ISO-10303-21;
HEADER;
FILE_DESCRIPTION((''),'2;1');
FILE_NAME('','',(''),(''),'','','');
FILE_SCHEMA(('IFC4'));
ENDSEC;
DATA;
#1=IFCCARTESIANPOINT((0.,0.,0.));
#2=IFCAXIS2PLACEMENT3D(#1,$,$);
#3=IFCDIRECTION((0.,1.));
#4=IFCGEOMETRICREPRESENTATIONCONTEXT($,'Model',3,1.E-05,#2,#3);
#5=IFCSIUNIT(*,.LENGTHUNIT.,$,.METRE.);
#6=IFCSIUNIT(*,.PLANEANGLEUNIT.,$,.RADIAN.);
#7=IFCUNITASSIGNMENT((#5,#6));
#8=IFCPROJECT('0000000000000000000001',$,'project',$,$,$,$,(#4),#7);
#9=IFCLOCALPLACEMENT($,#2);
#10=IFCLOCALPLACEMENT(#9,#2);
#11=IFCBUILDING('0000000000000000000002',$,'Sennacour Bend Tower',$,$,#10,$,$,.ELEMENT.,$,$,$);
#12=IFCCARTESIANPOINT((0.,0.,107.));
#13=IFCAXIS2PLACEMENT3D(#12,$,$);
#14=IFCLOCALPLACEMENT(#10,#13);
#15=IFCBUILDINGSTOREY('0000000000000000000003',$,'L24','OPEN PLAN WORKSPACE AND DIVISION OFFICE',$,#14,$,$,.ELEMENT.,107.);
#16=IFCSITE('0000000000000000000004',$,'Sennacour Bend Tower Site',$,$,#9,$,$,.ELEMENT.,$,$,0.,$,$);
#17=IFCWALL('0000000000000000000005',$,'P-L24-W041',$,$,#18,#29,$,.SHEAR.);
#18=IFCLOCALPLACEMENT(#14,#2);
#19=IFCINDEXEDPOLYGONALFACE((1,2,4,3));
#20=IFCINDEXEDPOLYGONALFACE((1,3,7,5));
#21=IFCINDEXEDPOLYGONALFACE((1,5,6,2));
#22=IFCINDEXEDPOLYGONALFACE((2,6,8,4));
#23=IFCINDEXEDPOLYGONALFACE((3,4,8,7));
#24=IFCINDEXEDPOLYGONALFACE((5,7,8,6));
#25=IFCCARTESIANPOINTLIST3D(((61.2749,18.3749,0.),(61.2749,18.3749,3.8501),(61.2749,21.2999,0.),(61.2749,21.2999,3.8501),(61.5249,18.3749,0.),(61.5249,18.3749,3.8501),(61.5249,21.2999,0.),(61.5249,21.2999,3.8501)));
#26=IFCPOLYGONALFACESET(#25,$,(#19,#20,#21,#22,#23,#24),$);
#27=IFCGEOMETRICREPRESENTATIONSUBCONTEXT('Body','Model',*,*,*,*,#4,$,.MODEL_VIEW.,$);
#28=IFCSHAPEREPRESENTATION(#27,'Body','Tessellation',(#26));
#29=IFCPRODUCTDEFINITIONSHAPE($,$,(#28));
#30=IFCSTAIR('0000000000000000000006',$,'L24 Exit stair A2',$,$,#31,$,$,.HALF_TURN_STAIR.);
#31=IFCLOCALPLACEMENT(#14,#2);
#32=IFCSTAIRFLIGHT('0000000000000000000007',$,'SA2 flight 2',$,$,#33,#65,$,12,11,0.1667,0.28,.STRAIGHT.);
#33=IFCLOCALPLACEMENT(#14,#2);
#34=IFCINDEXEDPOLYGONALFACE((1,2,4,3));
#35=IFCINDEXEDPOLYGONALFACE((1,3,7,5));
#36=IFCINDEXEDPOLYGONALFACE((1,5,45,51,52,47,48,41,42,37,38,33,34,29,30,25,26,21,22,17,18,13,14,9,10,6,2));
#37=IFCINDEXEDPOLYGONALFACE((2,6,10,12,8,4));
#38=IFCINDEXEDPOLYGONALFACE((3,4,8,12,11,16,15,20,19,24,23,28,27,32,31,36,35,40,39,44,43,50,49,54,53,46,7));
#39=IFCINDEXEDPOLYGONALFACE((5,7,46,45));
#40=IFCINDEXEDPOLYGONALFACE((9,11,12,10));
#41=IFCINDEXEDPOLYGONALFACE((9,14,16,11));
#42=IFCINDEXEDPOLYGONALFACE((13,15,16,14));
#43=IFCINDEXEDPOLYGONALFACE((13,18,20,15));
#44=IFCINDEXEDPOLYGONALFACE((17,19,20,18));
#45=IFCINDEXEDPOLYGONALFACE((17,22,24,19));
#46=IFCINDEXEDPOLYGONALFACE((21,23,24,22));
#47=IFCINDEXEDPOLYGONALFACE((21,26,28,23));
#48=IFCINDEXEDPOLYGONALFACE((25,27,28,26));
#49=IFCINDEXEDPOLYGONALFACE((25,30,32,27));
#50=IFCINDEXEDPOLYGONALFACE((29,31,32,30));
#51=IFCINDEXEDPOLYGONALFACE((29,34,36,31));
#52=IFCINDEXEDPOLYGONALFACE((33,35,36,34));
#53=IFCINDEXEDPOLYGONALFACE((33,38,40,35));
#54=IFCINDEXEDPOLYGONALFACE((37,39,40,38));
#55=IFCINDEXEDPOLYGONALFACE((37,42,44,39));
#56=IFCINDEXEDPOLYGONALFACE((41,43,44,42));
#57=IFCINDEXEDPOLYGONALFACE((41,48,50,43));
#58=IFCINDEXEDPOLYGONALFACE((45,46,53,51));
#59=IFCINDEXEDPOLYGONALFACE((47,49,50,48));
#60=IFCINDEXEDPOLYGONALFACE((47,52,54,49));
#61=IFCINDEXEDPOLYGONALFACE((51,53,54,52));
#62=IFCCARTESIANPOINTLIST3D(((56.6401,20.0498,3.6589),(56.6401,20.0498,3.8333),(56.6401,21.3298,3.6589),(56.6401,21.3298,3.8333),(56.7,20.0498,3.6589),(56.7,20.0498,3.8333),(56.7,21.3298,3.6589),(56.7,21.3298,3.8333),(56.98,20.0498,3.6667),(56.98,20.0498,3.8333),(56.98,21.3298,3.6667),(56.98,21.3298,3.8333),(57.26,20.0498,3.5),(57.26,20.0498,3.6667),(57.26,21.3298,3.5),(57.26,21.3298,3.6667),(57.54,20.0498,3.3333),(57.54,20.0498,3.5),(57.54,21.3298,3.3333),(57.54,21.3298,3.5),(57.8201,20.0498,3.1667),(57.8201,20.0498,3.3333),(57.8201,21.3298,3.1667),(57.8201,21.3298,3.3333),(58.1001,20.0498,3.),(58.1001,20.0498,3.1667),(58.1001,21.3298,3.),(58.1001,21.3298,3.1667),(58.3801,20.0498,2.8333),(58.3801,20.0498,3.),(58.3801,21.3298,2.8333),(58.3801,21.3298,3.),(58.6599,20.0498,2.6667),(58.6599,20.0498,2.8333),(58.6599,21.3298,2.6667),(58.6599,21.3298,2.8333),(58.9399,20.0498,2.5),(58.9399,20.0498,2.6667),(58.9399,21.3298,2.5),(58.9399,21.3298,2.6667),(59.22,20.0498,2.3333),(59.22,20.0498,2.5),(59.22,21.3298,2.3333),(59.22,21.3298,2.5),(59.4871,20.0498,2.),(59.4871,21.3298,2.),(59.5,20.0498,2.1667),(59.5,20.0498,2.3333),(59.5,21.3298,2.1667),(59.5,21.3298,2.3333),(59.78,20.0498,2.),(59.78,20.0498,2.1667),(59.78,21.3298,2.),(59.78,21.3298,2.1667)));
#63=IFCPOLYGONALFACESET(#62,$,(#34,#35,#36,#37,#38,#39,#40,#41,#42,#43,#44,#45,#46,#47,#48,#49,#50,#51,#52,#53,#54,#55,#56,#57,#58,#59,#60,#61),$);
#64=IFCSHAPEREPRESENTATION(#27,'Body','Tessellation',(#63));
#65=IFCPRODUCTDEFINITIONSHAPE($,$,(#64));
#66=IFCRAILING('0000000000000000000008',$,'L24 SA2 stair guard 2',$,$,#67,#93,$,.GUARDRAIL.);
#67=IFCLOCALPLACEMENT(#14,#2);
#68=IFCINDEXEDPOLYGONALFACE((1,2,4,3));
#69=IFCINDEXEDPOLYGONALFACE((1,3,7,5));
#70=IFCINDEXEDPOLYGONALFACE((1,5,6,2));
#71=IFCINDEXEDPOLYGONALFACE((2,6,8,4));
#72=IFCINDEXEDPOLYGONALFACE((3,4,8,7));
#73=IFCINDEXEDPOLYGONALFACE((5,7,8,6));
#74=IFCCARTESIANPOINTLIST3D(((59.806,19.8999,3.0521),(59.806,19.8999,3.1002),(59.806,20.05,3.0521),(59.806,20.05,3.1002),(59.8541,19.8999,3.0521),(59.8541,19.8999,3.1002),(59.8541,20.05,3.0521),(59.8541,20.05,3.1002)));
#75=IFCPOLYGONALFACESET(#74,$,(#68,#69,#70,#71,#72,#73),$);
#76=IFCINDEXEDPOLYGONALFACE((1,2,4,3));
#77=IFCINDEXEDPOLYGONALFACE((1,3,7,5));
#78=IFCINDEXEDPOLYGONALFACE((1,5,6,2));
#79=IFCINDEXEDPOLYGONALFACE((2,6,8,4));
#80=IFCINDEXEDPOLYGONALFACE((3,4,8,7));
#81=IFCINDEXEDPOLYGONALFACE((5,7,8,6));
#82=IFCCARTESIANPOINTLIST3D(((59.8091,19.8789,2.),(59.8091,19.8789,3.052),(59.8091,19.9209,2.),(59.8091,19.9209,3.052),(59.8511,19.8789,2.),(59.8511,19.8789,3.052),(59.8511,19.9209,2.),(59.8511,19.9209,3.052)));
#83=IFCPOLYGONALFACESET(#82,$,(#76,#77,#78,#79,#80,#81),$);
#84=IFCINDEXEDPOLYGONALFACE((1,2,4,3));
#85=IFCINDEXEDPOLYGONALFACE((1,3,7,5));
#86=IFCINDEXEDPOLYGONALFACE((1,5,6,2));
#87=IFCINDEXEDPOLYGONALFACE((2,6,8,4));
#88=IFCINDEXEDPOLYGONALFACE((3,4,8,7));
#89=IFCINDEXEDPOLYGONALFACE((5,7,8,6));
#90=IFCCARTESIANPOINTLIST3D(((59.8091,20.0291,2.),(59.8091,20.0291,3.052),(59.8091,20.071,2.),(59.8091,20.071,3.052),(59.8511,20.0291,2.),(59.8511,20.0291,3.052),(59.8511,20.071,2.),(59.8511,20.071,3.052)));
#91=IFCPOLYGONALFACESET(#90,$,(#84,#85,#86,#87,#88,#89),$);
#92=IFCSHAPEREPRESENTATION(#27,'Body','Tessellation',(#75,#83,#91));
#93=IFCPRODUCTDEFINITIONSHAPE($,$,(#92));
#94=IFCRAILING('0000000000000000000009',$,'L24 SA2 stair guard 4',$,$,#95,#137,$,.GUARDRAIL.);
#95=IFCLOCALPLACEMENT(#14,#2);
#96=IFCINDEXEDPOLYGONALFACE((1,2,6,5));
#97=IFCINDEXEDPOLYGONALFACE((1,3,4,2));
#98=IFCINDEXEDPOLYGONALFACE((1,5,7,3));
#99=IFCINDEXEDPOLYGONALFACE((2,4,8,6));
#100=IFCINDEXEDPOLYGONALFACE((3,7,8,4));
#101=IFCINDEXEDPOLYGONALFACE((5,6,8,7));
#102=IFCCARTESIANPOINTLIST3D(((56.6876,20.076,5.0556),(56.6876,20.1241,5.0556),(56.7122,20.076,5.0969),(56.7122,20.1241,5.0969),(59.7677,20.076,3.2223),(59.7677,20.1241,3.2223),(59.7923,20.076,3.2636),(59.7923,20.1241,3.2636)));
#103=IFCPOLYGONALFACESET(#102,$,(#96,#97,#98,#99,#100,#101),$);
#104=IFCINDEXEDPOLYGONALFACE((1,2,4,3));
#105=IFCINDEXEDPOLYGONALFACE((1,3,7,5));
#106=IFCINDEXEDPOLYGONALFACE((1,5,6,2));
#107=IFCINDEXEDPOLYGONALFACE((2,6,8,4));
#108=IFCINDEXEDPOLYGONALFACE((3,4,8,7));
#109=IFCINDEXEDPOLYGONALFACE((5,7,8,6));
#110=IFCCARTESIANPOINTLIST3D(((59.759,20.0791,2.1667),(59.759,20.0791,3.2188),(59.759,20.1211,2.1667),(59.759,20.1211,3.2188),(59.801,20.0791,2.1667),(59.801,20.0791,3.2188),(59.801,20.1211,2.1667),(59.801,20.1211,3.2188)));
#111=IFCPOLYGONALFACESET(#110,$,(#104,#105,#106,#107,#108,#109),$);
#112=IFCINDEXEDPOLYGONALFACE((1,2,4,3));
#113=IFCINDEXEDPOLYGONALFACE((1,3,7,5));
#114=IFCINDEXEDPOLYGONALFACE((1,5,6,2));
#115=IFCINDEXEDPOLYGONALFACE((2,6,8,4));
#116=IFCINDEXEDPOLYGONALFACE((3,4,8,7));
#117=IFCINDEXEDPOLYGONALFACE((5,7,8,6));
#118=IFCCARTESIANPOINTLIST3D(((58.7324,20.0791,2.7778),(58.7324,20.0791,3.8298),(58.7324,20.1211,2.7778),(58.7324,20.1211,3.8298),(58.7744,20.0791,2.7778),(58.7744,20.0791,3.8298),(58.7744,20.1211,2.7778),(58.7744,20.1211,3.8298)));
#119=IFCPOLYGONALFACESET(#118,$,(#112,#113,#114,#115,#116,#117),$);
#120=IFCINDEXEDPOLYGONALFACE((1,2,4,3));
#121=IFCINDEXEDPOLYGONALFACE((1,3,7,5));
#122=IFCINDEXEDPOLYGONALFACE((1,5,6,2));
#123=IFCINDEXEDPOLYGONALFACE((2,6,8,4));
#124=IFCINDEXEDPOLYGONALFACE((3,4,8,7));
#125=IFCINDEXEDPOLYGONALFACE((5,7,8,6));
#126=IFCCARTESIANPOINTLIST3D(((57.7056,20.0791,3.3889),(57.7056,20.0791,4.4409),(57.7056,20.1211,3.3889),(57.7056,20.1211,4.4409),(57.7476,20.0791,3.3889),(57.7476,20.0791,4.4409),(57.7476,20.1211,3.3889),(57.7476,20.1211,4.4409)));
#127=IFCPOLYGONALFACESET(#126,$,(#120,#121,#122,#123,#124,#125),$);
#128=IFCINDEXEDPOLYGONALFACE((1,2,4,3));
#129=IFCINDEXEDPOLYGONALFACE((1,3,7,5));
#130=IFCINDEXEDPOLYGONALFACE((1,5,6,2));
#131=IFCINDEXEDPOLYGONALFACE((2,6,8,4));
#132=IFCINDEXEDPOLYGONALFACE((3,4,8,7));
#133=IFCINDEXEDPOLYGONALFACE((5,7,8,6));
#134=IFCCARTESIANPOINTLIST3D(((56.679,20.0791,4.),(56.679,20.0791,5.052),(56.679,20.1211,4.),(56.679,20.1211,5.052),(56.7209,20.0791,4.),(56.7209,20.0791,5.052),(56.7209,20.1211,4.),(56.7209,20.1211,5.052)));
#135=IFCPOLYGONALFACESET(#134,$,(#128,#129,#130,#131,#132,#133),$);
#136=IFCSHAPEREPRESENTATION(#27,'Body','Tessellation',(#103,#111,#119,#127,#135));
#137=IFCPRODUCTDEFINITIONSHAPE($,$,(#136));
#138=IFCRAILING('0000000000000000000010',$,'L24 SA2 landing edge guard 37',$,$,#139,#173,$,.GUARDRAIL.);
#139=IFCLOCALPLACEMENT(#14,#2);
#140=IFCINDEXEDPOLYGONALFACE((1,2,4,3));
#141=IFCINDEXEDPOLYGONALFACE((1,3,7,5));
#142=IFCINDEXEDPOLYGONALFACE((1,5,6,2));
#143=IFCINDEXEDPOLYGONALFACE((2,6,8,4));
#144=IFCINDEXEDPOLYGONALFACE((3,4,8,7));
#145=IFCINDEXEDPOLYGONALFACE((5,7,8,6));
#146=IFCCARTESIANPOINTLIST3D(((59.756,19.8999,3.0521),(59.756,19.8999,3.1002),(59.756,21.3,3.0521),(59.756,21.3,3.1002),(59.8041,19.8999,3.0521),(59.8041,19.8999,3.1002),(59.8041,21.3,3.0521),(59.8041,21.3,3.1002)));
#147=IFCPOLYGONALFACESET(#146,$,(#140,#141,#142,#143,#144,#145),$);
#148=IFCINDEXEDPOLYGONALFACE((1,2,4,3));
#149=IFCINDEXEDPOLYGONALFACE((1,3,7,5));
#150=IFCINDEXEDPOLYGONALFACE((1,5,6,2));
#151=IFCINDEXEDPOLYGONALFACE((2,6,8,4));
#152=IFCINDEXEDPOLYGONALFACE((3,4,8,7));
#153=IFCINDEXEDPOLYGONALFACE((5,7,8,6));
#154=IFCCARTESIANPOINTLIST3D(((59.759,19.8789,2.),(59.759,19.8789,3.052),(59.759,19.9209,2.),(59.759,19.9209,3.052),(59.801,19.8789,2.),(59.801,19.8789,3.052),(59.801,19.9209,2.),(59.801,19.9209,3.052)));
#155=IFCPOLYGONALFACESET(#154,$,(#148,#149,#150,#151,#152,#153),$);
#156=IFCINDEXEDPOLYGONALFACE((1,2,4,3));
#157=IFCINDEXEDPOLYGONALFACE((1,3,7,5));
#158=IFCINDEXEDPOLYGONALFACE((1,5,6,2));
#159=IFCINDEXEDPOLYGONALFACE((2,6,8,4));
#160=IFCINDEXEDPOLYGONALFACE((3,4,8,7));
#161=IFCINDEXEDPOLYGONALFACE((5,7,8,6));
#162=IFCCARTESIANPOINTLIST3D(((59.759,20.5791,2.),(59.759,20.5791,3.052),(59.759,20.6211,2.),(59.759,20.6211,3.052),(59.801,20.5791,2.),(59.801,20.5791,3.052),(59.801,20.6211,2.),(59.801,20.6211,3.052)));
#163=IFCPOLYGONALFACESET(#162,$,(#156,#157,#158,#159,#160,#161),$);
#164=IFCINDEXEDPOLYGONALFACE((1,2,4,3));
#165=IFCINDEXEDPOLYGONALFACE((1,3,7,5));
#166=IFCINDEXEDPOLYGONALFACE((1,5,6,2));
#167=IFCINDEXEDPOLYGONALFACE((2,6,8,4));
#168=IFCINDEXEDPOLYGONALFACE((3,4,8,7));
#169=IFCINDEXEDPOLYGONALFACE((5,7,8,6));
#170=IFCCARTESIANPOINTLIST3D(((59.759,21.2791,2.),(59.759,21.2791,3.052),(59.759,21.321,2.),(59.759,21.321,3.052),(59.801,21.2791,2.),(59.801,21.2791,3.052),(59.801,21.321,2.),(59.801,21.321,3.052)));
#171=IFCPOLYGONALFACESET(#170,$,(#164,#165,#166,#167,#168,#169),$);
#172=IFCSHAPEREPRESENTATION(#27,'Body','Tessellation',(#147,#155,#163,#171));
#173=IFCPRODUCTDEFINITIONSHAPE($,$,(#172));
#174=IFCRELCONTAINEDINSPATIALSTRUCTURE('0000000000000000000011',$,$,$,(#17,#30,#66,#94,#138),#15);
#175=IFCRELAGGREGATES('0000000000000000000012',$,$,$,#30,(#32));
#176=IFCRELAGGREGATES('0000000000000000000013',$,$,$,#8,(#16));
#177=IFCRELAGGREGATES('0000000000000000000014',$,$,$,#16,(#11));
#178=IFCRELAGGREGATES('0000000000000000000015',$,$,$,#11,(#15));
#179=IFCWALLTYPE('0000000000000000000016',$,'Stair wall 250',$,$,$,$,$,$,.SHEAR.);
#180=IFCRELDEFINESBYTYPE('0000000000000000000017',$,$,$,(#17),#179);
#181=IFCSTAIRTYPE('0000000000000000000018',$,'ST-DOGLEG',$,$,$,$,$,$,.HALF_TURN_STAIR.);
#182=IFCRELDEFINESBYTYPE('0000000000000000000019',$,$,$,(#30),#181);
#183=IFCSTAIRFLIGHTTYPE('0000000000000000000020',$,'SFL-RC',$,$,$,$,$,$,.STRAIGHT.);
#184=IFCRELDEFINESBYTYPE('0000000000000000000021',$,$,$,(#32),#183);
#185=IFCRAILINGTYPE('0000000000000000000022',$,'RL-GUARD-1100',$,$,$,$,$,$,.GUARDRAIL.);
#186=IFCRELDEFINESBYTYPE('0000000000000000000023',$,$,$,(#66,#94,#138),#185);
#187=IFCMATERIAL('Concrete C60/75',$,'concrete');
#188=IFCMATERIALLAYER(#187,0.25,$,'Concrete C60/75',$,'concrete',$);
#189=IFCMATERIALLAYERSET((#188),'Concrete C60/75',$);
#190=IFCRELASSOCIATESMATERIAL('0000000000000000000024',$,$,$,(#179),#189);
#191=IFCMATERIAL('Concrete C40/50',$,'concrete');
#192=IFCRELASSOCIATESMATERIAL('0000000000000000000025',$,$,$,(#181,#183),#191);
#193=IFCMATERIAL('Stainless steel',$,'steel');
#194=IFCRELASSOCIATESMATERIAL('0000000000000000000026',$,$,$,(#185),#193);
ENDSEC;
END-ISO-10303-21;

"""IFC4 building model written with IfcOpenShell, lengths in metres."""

from ifc_helpers import new_model, si_unit, direction, frame, frame_2d, origin, origin_2d, place, context, subcontext, project, spatial, polyline, rectangle, outline, extrude, material, layer, layer_set, type_object, element, aggregate, save


model = new_model("IFC4")

# Units and contexts
model_context = context("Model", 3, precision=1e-05, world=origin(), true_north=direction((0.0, 1.0)))
body_context = subcontext(model_context, "Body", "Model", "MODEL_VIEW")
ifc_project = project(units=[si_unit("LENGTHUNIT", "METRE"), si_unit("PLANEANGLEUNIT", "RADIAN")], contexts=[model_context])

# Site, building, storey
site_placement = place(None, origin())
site = spatial("IfcSite", under=ifc_project, at=site_placement, Name="Sennacour Bend Tower Site", CompositionType="ELEMENT", RefElevation=0.0)
building_placement = place(site_placement, origin())
building = spatial("IfcBuilding", under=site, at=building_placement, Name="Sennacour Bend Tower", CompositionType="ELEMENT")
storey_placement = place(building_placement, frame((0.0, 0.0, 107.0)))
storey = spatial("IfcBuildingStorey", under=building, at=storey_placement, Name="L24", Description="OPEN PLAN WORKSPACE AND DIVISION OFFICE", CompositionType="ELEMENT", Elevation=107.0)

# Shared definitions
ifc_material_1 = material(Name="Stainless steel", Category="steel")

# Wall
ifc_material_2 = material(Name="Concrete C60/75", Category="concrete")
ifc_layer_1 = layer(ifc_material_2, 0.25, Name="Concrete C60/75", Category="concrete")
ifc_layer_set_1 = layer_set([ifc_layer_1], Name="Concrete C60/75")
wall_type_1 = type_object("IfcWallType", Name="Stair wall 250", PredefinedType="SHEAR", material=ifc_layer_set_1)
wall_1_placement = place(storey_placement, frame((61.3999, 18.375, 0.0), z_axis=(0.0, 0.0, 1.0), x_axis=(0.0, 1.0, 0.0)))
element("IfcWall", 1, at=wall_1_placement, inside=storey, type_object=wall_type_1, Name="P-L24-W041", PredefinedType="SHEAR", context=body_context, shape_type="SweptSolid", body=[
    extrude(rectangle(XDim=2.925, YDim=0.25, at=frame_2d((1.4624, 0.0))), origin(), (0.0, 0.0, 1.0), 3.8501),
])

# Stair, stair flight
ifc_material_3 = material(Name="Concrete C40/50", Category="concrete")
stair_type = type_object("IfcStairType", Name="ST-DOGLEG", PredefinedType="HALF_TURN_STAIR", material=ifc_material_3)
stair_placement = place(storey_placement, origin())
stair = element("IfcStair", 2, at=stair_placement, inside=storey, type_object=stair_type, Name="L24 Exit stair A2", PredefinedType="HALF_TURN_STAIR")
stair_flight_type = type_object("IfcStairFlightType", Name="SFL-RC", PredefinedType="STRAIGHT", material=ifc_material_3)
stair_flight_placement = place(storey_placement, frame((59.78, 20.6899, 2.0), z_axis=(0.0, 0.0, 1.0), x_axis=(-1.0, 0.0, 0.0)))
stair_flight = element("IfcStairFlight", 3, at=stair_flight_placement, type_object=stair_flight_type, Name="SA2 flight 2", NumberOfRisers=12, NumberOfTreads=11, PredefinedType="STRAIGHT", RiserHeight=0.1667, TreadLength=0.28, context=body_context, shape_type="SweptSolid", body=[
    extrude(outline(polyline([(0.0, 0.0), (0.0, 0.1667), (0.28, 0.1667), (0.28, 0.3333), (0.5601, 0.3333), (0.5601, 0.5), (0.8401, 0.5), (0.8401, 0.6667), (1.1201, 0.6667), (1.1201, 0.8333), (1.3999, 0.8333), (1.3999, 1.0), (1.6799, 1.0), (1.6799, 1.1667), (1.96, 1.1667), (1.96, 1.3333), (2.24, 1.3333), (2.24, 1.5), (2.52, 1.5), (2.52, 1.6667), (2.8, 1.6667), (2.8, 1.8333), (3.0801, 1.8333), (3.1399, 1.8333), (3.1399, 1.6589), (3.0801, 1.6589), (0.293, 0.0), (0.0, 0.0)])), frame((0.0, 0.6401, 0.0), z_axis=(0.0, -1.0, 0.0), x_axis=(1.0, 0.0, 0.0)), (0.0, 0.0, 1.0), 1.28),
])
aggregate(stair, [stair_flight])

# Railings
railing_type_1 = type_object("IfcRailingType", Name="RL-GUARD-1100", PredefinedType="GUARDRAIL", material=ifc_material_1)
railing_1_placement = place(storey_placement, frame((59.8301, 19.8999, 2.0)))
element("IfcRailing", 4, at=railing_1_placement, inside=storey, type_object=railing_type_1, Name="L24 SA2 stair guard 2", PredefinedType="GUARDRAIL", context=body_context, shape_type="SweptSolid", body=[
    extrude(rectangle(XDim=0.0481, YDim=0.0481, at=origin_2d()), frame((0.0, 0.0, 1.0762), z_axis=(0.0, 1.0, 0.0), x_axis=(-1.0, 0.0, 0.0)), (0.0, 0.0, 1.0), 0.1501),
    extrude(rectangle(XDim=0.042, YDim=0.042, at=origin_2d()), origin(), (0.0, 0.0, 1.0), 1.052),
    extrude(rectangle(XDim=0.042, YDim=0.042, at=origin_2d()), frame((0.0, 0.1501, 0.0)), (0.0, 0.0, 1.0), 1.052),
])
railing_2_placement = place(storey_placement, frame((59.78, 20.1001, 2.1667)))
element("IfcRailing", 5, at=railing_2_placement, inside=storey, type_object=railing_type_1, Name="L24 SA2 stair guard 4", PredefinedType="GUARDRAIL", context=body_context, shape_type="SweptSolid", body=[
    extrude(rectangle(XDim=0.0481, YDim=0.0481, at=origin_2d()), frame((0.0, 0.0, 1.0762), z_axis=(-0.859309, 0.0, 0.511458), x_axis=(0.0, -1.0, 0.0)), (0.0, 0.0, 1.0), 3.5845),
    extrude(rectangle(XDim=0.042, YDim=0.042, at=origin_2d()), origin(), (0.0, 0.0, 1.0), 1.052),
    extrude(rectangle(XDim=0.042, YDim=0.042, at=origin_2d()), frame((-1.0266, 0.0, 0.6111)), (0.0, 0.0, 1.0), 1.052),
    extrude(rectangle(XDim=0.042, YDim=0.042, at=origin_2d()), frame((-2.0535, 0.0, 1.2222)), (0.0, 0.0, 1.0), 1.052),
    extrude(rectangle(XDim=0.042, YDim=0.042, at=origin_2d()), frame((-3.0801, 0.0, 1.8333)), (0.0, 0.0, 1.0), 1.052),
])
railing_3_placement = place(storey_placement, frame((59.78, 19.8999, 2.0)))
element("IfcRailing", 6, at=railing_3_placement, inside=storey, type_object=railing_type_1, Name="L24 SA2 landing edge guard 37", PredefinedType="GUARDRAIL", context=body_context, shape_type="SweptSolid", body=[
    extrude(rectangle(XDim=0.0481, YDim=0.0481, at=origin_2d()), frame((0.0, 0.0, 1.0762), z_axis=(0.0, 1.0, 0.0), x_axis=(-1.0, 0.0, 0.0)), (0.0, 0.0, 1.0), 1.4001),
    extrude(rectangle(XDim=0.042, YDim=0.042, at=origin_2d()), origin(), (0.0, 0.0, 1.0), 1.052),
    extrude(rectangle(XDim=0.042, YDim=0.042, at=origin_2d()), frame((0.0, 0.7002, 0.0)), (0.0, 0.0, 1.0), 1.052),
    extrude(rectangle(XDim=0.042, YDim=0.042, at=origin_2d()), frame((0.0, 1.4001, 0.0)), (0.0, 0.0, 1.0), 1.052),
])

save(model, "model.ifc")
